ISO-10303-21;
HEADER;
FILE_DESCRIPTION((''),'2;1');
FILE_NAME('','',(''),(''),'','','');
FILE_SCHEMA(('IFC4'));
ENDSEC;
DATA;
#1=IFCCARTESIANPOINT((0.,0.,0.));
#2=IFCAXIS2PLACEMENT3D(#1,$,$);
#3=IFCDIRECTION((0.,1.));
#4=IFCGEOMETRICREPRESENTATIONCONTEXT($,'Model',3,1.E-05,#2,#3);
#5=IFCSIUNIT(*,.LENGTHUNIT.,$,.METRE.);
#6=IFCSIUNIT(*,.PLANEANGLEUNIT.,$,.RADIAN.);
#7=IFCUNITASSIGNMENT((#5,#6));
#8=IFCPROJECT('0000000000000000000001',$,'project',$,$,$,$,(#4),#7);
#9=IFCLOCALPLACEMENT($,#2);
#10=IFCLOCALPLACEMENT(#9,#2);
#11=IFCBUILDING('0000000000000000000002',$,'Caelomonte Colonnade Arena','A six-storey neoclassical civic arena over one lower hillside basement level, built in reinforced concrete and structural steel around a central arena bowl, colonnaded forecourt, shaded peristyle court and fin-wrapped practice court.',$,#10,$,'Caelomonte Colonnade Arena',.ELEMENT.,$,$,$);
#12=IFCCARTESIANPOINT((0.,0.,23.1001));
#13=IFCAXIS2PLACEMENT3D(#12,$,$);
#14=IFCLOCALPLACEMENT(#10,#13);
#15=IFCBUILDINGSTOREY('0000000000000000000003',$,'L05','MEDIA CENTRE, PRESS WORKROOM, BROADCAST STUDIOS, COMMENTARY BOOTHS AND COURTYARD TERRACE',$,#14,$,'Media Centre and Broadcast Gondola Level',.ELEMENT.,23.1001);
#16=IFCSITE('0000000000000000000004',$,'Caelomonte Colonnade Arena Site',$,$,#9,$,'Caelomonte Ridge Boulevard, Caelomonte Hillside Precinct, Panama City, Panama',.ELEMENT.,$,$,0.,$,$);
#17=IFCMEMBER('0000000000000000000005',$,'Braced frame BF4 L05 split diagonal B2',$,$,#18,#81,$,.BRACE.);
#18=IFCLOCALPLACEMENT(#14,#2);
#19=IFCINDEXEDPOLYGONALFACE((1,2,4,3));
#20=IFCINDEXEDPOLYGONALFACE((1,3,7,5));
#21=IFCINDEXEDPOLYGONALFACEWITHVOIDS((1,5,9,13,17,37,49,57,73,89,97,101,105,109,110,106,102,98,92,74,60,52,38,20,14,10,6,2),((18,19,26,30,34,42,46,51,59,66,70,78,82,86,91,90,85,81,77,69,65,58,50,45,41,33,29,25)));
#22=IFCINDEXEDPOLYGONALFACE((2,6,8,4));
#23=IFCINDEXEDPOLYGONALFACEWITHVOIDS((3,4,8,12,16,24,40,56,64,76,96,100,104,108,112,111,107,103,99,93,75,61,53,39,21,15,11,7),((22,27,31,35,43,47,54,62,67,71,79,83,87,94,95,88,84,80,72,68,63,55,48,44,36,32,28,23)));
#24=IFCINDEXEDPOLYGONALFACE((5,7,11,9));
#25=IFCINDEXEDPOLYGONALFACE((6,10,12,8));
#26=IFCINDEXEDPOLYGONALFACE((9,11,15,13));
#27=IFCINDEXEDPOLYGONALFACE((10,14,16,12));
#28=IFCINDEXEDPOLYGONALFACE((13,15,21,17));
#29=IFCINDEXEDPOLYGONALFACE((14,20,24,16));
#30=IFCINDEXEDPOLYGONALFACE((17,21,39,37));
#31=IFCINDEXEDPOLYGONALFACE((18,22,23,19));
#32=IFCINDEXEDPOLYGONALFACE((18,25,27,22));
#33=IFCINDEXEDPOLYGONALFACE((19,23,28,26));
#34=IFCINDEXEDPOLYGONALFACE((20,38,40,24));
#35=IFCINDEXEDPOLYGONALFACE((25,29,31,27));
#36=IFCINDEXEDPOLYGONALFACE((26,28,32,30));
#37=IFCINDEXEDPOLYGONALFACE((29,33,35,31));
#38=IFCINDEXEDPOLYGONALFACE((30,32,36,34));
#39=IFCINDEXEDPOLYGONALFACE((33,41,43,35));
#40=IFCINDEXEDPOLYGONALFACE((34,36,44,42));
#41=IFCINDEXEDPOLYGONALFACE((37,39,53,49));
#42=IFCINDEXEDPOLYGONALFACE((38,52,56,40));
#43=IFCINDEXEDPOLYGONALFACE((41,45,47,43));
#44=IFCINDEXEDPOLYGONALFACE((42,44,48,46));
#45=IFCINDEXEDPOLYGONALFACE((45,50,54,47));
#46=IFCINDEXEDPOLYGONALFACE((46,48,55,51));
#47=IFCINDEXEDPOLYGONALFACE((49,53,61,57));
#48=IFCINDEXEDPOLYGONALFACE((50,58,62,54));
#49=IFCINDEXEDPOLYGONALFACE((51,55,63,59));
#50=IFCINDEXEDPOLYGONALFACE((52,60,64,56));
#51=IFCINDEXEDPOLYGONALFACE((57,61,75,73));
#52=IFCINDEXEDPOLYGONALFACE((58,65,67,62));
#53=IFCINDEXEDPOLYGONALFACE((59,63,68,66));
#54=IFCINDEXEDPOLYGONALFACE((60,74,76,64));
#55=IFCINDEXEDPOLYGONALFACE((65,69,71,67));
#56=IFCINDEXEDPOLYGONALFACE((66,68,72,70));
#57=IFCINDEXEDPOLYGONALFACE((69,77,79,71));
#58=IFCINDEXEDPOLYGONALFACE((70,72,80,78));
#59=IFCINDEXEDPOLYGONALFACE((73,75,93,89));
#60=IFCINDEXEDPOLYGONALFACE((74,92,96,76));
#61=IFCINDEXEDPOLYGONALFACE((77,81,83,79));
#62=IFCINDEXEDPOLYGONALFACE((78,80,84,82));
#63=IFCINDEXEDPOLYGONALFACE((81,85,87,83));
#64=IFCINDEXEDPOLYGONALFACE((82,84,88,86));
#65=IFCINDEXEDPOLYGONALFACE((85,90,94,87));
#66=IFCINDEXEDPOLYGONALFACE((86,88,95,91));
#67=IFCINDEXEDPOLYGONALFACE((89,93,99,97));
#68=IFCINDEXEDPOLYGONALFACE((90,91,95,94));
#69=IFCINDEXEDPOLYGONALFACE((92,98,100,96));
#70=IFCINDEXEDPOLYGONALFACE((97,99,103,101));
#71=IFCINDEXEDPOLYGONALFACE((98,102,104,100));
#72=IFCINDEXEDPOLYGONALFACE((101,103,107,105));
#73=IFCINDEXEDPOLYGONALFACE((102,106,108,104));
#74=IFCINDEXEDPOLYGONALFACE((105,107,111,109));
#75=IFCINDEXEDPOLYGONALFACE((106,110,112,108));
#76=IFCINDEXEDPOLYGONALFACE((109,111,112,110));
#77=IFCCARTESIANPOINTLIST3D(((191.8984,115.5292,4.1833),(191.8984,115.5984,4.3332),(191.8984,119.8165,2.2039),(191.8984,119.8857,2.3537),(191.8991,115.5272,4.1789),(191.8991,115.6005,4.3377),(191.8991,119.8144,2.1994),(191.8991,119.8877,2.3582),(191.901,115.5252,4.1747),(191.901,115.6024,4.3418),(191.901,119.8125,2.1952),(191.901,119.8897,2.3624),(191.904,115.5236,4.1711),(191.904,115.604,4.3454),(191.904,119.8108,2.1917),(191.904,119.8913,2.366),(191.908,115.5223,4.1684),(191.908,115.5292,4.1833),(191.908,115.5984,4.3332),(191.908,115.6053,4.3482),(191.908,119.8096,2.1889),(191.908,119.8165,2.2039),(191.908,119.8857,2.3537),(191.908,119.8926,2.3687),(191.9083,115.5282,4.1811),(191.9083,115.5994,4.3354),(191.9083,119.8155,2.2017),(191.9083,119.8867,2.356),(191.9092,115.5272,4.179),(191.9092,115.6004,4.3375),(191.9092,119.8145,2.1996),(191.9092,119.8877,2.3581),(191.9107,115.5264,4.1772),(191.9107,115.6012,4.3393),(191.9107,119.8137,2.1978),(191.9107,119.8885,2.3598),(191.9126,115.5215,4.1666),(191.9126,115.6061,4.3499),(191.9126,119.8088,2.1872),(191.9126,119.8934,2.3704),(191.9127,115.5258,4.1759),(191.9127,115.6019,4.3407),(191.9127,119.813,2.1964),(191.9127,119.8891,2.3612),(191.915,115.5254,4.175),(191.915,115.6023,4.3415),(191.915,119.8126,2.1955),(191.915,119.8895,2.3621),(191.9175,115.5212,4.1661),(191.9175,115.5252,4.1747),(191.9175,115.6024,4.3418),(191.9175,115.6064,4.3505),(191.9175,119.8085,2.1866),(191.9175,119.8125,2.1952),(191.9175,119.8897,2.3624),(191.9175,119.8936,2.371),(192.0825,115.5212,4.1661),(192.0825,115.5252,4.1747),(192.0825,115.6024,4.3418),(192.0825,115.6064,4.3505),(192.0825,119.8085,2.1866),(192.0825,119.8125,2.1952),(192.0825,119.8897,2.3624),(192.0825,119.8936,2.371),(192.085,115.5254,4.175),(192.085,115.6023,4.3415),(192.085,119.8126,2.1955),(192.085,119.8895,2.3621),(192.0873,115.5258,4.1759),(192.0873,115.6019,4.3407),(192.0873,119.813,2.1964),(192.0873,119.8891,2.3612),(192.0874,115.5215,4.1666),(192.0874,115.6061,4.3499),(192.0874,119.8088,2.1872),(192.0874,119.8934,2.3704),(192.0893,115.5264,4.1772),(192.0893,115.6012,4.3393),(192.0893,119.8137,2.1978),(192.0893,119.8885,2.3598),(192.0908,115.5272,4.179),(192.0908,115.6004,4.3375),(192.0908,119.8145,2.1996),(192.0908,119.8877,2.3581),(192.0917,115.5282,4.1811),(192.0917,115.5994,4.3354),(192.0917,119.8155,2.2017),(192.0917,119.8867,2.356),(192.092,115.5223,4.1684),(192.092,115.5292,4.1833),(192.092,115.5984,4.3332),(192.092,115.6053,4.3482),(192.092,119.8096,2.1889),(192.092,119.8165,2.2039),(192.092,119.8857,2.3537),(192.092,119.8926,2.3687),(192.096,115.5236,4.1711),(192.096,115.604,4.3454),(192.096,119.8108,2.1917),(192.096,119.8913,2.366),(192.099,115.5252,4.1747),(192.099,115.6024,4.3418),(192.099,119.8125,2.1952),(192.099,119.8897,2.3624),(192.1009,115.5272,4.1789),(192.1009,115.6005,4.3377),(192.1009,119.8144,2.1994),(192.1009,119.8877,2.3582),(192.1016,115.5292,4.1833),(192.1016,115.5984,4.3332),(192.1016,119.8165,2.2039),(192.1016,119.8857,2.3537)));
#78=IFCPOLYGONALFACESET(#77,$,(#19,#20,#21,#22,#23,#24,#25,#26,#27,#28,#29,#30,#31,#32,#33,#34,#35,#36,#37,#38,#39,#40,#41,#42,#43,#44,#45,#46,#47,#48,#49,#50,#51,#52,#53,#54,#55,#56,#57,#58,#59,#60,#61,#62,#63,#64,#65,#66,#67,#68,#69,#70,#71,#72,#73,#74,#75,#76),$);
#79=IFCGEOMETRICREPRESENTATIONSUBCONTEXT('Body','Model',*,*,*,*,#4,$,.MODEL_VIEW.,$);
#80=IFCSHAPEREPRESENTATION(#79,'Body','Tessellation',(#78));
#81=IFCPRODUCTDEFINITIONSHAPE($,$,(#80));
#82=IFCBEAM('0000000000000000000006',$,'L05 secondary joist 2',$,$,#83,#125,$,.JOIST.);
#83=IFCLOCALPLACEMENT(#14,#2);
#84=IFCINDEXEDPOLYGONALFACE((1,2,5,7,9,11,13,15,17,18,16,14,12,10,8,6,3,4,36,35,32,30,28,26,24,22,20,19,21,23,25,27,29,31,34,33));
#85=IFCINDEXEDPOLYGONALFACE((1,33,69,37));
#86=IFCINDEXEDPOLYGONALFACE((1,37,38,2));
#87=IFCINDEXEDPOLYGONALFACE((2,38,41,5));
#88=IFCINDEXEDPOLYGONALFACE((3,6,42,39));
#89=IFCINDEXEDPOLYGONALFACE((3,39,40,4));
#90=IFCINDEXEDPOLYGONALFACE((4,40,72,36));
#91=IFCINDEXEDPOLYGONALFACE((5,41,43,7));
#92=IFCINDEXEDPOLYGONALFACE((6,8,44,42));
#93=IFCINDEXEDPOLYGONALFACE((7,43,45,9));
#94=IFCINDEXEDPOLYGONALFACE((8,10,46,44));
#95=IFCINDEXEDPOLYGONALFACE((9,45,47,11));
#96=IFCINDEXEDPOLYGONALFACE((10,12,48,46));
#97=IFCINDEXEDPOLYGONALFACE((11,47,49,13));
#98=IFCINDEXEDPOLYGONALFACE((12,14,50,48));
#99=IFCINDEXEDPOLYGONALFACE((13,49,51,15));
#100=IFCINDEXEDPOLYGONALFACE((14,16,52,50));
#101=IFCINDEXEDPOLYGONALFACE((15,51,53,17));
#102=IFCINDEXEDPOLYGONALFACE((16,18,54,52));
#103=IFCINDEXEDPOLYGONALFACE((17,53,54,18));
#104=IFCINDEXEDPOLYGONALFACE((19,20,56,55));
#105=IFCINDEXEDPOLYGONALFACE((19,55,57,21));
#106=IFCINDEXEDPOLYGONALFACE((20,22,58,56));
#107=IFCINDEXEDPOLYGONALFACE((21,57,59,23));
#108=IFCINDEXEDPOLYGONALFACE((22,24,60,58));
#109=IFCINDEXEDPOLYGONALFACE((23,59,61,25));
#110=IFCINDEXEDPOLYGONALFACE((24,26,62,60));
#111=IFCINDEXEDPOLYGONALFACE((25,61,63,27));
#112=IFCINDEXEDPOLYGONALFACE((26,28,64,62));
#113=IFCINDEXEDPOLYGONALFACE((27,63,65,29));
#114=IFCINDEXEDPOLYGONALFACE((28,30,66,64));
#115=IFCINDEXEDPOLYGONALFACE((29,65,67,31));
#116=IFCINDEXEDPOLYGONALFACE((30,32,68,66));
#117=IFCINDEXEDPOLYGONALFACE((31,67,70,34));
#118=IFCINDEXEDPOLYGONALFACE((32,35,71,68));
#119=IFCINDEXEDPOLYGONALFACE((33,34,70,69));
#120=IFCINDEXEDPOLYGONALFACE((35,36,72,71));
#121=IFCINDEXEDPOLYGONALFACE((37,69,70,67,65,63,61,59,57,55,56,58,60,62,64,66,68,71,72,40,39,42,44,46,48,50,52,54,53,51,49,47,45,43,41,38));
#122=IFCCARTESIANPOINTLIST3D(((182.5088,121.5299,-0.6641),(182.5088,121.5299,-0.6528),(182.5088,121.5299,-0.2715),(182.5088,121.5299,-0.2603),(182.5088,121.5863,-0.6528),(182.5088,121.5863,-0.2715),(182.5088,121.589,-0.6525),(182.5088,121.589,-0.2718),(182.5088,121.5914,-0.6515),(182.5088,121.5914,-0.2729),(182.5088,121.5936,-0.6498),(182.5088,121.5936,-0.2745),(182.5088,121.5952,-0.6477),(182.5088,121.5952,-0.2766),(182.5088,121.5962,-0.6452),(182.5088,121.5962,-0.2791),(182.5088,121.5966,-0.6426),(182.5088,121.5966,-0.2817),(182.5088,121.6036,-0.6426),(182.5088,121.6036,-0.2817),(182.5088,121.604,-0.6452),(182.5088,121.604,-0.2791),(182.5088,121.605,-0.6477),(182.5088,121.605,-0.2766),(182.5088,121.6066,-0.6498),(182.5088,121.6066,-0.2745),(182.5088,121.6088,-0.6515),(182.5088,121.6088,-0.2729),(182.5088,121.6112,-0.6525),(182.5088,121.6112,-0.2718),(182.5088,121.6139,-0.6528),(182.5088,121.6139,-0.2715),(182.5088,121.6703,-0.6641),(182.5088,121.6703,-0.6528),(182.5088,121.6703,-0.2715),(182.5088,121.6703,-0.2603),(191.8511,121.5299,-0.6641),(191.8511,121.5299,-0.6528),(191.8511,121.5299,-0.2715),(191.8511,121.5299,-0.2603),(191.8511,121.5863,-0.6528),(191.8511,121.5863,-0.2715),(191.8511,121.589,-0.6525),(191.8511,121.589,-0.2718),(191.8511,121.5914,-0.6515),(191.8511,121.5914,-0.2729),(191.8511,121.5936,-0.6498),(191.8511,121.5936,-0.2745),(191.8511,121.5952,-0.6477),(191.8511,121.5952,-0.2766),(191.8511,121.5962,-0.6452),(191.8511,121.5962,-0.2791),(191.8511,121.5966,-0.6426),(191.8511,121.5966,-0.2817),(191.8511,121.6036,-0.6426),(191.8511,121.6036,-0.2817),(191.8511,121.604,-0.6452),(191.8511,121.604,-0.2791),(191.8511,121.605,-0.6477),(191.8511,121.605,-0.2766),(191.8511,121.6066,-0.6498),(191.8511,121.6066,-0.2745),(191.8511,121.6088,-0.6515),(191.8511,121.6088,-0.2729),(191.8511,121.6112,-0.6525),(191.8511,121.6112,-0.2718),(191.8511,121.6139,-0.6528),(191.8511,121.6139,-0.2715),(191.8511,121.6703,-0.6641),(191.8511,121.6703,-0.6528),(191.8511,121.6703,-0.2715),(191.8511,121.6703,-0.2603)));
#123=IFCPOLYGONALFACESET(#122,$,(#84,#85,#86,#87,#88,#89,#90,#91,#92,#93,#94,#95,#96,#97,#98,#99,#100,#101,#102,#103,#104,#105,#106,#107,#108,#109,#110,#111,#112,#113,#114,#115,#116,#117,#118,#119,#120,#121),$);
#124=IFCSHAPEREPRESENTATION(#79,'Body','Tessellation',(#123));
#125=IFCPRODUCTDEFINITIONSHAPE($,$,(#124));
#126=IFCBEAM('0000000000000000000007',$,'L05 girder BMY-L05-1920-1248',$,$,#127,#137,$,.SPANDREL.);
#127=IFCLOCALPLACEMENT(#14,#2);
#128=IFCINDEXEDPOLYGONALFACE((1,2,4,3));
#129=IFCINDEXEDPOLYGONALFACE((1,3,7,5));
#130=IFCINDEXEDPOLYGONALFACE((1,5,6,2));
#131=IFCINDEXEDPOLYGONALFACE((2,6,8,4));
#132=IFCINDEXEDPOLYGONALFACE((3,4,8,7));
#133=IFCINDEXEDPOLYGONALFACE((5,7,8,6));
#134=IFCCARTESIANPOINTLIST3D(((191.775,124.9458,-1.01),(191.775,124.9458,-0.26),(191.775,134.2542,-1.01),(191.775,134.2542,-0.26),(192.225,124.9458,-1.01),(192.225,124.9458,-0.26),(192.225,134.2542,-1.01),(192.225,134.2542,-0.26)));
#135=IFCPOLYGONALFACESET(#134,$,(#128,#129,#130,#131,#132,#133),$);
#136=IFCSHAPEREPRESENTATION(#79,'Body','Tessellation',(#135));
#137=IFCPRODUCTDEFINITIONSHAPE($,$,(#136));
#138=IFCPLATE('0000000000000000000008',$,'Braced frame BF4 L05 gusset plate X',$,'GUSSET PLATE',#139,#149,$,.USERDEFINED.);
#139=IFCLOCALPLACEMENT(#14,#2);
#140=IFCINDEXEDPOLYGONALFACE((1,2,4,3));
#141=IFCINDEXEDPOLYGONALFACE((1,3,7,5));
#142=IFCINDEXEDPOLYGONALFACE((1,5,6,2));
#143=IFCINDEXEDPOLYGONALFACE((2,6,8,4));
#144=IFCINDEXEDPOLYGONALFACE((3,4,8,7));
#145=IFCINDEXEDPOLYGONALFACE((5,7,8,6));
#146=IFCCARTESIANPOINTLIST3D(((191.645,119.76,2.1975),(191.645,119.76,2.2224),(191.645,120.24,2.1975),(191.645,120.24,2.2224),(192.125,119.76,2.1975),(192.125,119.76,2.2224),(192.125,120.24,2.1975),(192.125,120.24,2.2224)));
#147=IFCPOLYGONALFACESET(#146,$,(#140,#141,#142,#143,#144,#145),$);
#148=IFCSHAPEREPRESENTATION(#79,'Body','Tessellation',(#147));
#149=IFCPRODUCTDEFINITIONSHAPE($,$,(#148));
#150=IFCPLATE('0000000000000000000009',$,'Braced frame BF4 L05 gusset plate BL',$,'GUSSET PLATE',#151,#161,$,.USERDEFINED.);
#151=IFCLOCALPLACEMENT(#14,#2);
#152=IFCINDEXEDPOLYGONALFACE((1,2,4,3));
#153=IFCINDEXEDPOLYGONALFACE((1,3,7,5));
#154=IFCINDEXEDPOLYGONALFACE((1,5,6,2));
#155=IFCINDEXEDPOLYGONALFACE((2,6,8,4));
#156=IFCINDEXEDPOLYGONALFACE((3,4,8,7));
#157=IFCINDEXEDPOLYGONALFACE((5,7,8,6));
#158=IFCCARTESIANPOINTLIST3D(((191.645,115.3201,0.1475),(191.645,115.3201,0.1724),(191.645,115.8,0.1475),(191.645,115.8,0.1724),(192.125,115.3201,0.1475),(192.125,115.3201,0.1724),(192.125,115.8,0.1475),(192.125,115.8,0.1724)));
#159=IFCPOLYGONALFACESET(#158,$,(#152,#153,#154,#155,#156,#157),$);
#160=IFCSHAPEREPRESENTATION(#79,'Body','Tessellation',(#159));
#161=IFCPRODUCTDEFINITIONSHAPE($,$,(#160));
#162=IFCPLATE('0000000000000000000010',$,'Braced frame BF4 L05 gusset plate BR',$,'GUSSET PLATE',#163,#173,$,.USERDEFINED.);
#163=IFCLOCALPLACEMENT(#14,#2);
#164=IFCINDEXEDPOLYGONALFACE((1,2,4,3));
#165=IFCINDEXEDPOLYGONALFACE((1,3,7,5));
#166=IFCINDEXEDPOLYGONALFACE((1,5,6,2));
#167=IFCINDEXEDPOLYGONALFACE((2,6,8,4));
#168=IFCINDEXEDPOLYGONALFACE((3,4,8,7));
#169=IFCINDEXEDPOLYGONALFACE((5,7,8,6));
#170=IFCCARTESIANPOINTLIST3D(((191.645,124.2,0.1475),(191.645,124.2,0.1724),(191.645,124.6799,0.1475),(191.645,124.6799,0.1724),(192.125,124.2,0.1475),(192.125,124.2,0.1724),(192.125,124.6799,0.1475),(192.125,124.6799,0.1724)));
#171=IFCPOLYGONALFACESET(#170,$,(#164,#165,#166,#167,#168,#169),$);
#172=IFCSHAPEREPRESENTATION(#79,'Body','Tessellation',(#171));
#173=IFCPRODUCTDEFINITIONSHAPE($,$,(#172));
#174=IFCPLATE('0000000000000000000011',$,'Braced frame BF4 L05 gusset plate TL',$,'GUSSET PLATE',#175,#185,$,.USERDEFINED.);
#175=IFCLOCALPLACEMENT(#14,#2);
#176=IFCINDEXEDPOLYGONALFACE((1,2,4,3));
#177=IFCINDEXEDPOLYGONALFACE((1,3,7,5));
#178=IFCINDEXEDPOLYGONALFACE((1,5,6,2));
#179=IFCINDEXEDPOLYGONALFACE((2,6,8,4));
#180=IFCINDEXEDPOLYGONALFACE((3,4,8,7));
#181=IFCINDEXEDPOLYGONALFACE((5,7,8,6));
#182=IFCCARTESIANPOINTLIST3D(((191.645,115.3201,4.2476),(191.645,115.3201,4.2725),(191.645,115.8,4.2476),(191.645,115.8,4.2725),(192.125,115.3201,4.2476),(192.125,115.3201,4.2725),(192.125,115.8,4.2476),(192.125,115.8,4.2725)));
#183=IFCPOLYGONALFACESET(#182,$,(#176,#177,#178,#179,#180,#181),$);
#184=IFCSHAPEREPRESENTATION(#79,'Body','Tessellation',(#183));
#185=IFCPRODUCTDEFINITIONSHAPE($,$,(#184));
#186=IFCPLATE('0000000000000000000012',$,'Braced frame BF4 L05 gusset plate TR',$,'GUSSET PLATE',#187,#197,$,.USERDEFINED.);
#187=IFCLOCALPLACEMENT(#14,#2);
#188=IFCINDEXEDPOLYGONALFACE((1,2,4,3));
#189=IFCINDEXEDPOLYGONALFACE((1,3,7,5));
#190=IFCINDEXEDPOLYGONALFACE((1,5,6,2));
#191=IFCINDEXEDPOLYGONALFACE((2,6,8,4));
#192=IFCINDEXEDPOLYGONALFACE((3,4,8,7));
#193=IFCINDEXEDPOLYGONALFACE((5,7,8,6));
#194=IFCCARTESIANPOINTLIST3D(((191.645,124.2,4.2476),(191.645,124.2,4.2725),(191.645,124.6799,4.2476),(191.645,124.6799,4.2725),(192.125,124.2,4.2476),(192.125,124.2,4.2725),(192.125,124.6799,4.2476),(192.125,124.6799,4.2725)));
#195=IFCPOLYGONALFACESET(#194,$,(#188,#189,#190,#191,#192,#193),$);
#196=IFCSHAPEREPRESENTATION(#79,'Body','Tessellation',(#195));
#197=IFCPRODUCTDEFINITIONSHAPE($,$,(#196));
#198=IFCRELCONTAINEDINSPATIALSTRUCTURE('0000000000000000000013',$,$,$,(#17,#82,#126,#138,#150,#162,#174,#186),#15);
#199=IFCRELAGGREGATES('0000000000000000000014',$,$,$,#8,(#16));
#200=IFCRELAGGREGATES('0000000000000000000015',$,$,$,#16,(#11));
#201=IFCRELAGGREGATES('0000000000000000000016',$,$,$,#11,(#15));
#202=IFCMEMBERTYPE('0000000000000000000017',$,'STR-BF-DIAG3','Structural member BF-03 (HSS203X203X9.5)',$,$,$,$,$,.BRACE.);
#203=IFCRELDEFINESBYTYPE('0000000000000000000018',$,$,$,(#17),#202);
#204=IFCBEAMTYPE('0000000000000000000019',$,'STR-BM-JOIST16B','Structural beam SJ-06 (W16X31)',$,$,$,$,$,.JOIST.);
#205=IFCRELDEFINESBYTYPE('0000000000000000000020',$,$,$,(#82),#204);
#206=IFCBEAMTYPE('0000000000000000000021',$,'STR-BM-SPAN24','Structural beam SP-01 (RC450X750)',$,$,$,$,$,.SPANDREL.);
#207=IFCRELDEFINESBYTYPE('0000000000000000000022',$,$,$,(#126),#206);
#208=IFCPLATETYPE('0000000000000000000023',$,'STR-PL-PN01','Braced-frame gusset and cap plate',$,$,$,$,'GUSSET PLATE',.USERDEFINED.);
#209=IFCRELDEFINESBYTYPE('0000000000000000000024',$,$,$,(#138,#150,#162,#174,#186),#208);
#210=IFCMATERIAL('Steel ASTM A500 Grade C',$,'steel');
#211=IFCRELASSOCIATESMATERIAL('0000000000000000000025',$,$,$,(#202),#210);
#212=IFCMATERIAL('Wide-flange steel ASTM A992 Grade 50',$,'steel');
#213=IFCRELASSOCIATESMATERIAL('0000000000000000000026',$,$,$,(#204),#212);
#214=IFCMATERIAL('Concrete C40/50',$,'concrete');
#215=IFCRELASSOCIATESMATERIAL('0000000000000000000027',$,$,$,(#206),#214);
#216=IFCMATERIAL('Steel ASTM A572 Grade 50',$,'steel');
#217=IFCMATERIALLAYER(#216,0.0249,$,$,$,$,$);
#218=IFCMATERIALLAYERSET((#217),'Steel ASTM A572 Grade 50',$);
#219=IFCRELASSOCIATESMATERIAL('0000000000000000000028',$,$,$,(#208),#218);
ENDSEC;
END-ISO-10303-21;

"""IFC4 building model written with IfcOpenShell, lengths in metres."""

from ifc_helpers import new_model, si_unit, direction, frame, origin, origin_2d, place, context, subcontext, project, spatial, rectangle, hollow_rectangle, i_section, extrude, material, layer, layer_set, material_profile, profile_set, type_object, element, save


model = new_model("IFC4")

# Units and contexts
model_context = context("Model", 3, precision=1e-05, world=origin(), true_north=direction((0.0, 1.0)))
body_context = subcontext(model_context, "Body", "Model", "MODEL_VIEW")
ifc_project = project(units=[si_unit("LENGTHUNIT", "METRE"), si_unit("PLANEANGLEUNIT", "RADIAN")], contexts=[model_context])

# Site, building, storey
site_placement = place(None, origin())
site = spatial("IfcSite", under=ifc_project, at=site_placement, Name="Caelomonte Colonnade Arena Site", LongName="Caelomonte Ridge Boulevard, Caelomonte Hillside Precinct, Panama City, Panama", CompositionType="ELEMENT", RefElevation=0.0)
building_placement = place(site_placement, origin())
building = spatial("IfcBuilding", under=site, at=building_placement, Name="Caelomonte Colonnade Arena", Description="A six-storey neoclassical civic arena over one lower hillside basement level, built in reinforced concrete and structural steel around a central arena bowl, colonnaded forecourt, shaded peristyle court and fin-wrapped practice court.", LongName="Caelomonte Colonnade Arena", CompositionType="ELEMENT")
storey_placement = place(building_placement, frame((0.0, 0.0, 23.1001)))
storey = spatial("IfcBuildingStorey", under=building, at=storey_placement, Name="L05", Description="MEDIA CENTRE, PRESS WORKROOM, BROADCAST STUDIOS, COMMENTARY BOOTHS AND COURTYARD TERRACE", LongName="Media Centre and Broadcast Gondola Level", CompositionType="ELEMENT", Elevation=23.1001)

# Shared definitions
ifc_material_1 = material(Name="Wide-flange steel ASTM A992 Grade 50", Category="steel")

# Member
ifc_material_2 = material(Name="Steel ASTM A500 Grade C", Category="steel")
ifc_material_profile_1 = material_profile(ifc_material_2, hollow_rectangle(XDim=0.2031, YDim=0.2031, WallThickness=0.0095, InnerFilletRadius=0.0095, OuterFilletRadius=0.019, at=origin_2d()), Name="HSS203X203X9.5")
ifc_profile_set_1 = profile_set([ifc_material_profile_1], Name="Steel ASTM A500 Grade C")
member_type = type_object("IfcMemberType", Name="STR-BF-DIAG3", Description="Structural member BF-03 (HSS203X203X9.5)", PredefinedType="BRACE", material=ifc_profile_set_1)
for number, where, z_axis, x_axis, name in (
    (1, (192.0, 119.8511, 2.2788), (0.0, -0.907902, 0.419183), (1.0, 0.0, 0.0), "Braced frame BF4 L05 split diagonal B2"),
):
    element("IfcMember", number, at=place(storey_placement, frame(where, z_axis=z_axis, x_axis=x_axis)), inside=storey, type_object=member_type, Name=name, PredefinedType="BRACE", context=body_context, shape_type="SweptSolid", body=[
        extrude(hollow_rectangle(XDim=0.2031, YDim=0.2031, WallThickness=0.0095, InnerFilletRadius=0.0095, OuterFilletRadius=0.019, at=origin_2d()), origin(), (0.0, 0.0, 1.0), 4.7222),
    ])

# Beams
ifc_material_profile_2 = material_profile(ifc_material_1, i_section(OverallWidth=0.1404, OverallDepth=0.4038, WebThickness=0.0071, FlangeThickness=0.0112, FilletRadius=0.0103, at=origin_2d()), Name="W16X31")
ifc_profile_set_2 = profile_set([ifc_material_profile_2], Name="Wide-flange steel ASTM A992 Grade 50")
beam_type_1 = type_object("IfcBeamType", Name="STR-BM-JOIST16B", Description="Structural beam SJ-06 (W16X31)", PredefinedType="JOIST", material=ifc_profile_set_2)
beam_1_placement = place(storey_placement, frame((182.5088, 121.6001, -0.4622), z_axis=(1.0, 0.0, 0.0), x_axis=(0.0, 1.0, 0.0)))
element("IfcBeam", 2, at=beam_1_placement, inside=storey, type_object=beam_type_1, Name="L05 secondary joist 2", PredefinedType="JOIST", context=body_context, shape_type="SweptSolid", body=[
    extrude(i_section(OverallWidth=0.1404, OverallDepth=0.4038, WebThickness=0.0071, FlangeThickness=0.0112, FilletRadius=0.0103, at=origin_2d()), origin(), (0.0, 0.0, 1.0), 9.3423),
])
ifc_material_3 = material(Name="Concrete C40/50", Category="concrete")
ifc_material_profile_3 = material_profile(ifc_material_3, rectangle(XDim=0.45, YDim=0.75, at=origin_2d()), Name="RC450X750")
ifc_profile_set_3 = profile_set([ifc_material_profile_3], Name="Concrete C40/50")
beam_type_2 = type_object("IfcBeamType", Name="STR-BM-SPAN24", Description="Structural beam SP-01 (RC450X750)", PredefinedType="SPANDREL", material=ifc_profile_set_3)
beam_2_placement = place(storey_placement, frame((192.0, 124.9458, -0.635), z_axis=(0.0, 1.0, 0.0), x_axis=(-1.0, 0.0, 0.0)))
element("IfcBeam", 3, at=beam_2_placement, inside=storey, type_object=beam_type_2, Name="L05 girder BMY-L05-1920-1248", PredefinedType="SPANDREL", context=body_context, shape_type="SweptSolid", body=[
    extrude(rectangle(XDim=0.45, YDim=0.75, at=origin_2d()), origin(), (0.0, 0.0, 1.0), 9.3083),
])

# Plates
ifc_material_4 = material(Name="Steel ASTM A572 Grade 50", Category="steel")
ifc_layer_1 = layer(ifc_material_4, 0.0249)
ifc_layer_set_1 = layer_set([ifc_layer_1], Name="Steel ASTM A572 Grade 50")
plate_type = type_object("IfcPlateType", Name="STR-PL-PN01", Description="Braced-frame gusset and cap plate", ElementType="GUSSET PLATE", PredefinedType="USERDEFINED", material=ifc_layer_set_1)
for number, where, z_axis, x_axis, name in (
    (4, (191.885, 120.0, 2.1975), (0.0, 0.0, 1.0), (1.0, 0.0, 0.0), "Braced frame BF4 L05 gusset plate X"),
    (5, (191.885, 115.5601, 0.1475), (0.0, 0.0, 1.0), (1.0, 0.0, 0.0), "Braced frame BF4 L05 gusset plate BL"),
    (6, (191.885, 124.4399, 0.1475), (0.0, 0.0, 1.0), (1.0, 0.0, 0.0), "Braced frame BF4 L05 gusset plate BR"),
    (7, (191.885, 115.5601, 4.2476), (0.0, 0.0, 1.0), (1.0, 0.0, 0.0), "Braced frame BF4 L05 gusset plate TL"),
    (8, (191.885, 124.4399, 4.2476), (0.0, 0.0, 1.0), (1.0, 0.0, 0.0), "Braced frame BF4 L05 gusset plate TR"),
):
    element("IfcPlate", number, at=place(storey_placement, frame(where, z_axis=z_axis, x_axis=x_axis)), inside=storey, type_object=plate_type, Name=name, ObjectType="GUSSET PLATE", PredefinedType="USERDEFINED", context=body_context, shape_type="SweptSolid", body=[
        extrude(rectangle(XDim=0.48, YDim=0.48, at=origin_2d()), origin(), (0.0, 0.0, 1.0), 0.0249),
    ])

save(model, "model.ifc")
